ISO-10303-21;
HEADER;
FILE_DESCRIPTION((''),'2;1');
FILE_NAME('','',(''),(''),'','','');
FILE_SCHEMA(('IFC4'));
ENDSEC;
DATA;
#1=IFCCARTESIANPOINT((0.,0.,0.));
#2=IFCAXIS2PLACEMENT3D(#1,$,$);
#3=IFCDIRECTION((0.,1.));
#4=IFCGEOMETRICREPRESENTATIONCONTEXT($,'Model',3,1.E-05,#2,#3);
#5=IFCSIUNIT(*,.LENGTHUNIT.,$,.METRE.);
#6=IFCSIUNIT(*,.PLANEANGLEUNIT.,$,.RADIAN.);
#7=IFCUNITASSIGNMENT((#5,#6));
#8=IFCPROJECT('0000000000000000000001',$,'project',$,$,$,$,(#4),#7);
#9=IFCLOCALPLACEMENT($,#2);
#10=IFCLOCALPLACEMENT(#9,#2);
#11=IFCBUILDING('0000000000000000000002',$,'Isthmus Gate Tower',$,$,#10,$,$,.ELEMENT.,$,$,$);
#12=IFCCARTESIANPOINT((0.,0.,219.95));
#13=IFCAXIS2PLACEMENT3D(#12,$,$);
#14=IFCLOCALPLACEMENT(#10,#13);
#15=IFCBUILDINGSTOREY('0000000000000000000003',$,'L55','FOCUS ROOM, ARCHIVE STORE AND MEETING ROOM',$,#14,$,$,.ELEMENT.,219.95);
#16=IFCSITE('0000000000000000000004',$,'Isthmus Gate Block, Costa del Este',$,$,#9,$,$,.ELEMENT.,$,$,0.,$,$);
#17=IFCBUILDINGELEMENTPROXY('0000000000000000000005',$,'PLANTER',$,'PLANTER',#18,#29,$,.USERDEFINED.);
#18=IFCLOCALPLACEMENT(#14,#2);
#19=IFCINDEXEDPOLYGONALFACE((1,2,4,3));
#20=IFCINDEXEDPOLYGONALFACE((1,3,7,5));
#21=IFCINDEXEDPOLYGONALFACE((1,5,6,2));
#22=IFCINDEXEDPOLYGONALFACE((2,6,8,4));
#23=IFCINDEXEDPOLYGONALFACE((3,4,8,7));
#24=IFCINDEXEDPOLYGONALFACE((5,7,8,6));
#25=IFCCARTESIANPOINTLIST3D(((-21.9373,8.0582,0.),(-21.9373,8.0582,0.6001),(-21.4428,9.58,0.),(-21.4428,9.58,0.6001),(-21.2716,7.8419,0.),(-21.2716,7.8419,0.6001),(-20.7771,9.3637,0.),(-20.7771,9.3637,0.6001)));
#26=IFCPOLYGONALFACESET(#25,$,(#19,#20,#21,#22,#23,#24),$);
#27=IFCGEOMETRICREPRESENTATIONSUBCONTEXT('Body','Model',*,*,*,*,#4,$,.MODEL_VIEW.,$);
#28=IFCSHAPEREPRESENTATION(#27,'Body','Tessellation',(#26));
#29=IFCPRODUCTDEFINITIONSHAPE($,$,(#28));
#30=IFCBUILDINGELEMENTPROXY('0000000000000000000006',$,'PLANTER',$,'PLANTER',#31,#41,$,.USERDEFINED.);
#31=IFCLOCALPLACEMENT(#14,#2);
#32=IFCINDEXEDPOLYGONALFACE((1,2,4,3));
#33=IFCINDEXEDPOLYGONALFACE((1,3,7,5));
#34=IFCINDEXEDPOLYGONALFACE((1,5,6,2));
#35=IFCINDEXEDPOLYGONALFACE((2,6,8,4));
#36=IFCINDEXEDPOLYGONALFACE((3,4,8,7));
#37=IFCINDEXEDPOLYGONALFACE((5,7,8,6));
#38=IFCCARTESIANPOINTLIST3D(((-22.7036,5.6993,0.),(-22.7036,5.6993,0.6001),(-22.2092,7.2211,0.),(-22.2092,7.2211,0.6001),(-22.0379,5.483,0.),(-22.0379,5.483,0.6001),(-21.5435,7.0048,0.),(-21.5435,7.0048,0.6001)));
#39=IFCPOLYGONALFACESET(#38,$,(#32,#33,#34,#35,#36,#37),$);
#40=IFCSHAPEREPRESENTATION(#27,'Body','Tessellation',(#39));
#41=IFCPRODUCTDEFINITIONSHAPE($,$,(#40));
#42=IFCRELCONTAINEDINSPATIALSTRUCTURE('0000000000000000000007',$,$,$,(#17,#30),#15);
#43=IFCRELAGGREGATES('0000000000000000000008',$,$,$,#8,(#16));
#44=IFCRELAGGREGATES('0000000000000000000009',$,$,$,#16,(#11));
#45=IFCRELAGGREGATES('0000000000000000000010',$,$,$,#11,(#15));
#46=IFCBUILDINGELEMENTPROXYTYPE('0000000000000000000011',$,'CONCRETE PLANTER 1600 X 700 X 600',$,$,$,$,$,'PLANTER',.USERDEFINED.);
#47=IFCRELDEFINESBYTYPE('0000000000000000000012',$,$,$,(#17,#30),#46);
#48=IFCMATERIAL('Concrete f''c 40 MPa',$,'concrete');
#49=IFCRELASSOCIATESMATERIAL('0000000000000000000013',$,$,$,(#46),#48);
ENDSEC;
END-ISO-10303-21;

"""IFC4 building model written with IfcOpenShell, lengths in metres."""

from ifc_helpers import new_model, si_unit, direction, frame, origin, origin_2d, place, context, subcontext, project, spatial, rectangle, extrude, material, type_object, element, save


model = new_model("IFC4")

# Units and contexts
model_context = context("Model", 3, precision=1e-05, world=origin(), true_north=direction((0.0, 1.0)))
body_context = subcontext(model_context, "Body", "Model", "MODEL_VIEW")
ifc_project = project(units=[si_unit("LENGTHUNIT", "METRE"), si_unit("PLANEANGLEUNIT", "RADIAN")], contexts=[model_context])

# Site, building, storey
site_placement = place(None, origin())
site = spatial("IfcSite", under=ifc_project, at=site_placement, Name="Isthmus Gate Block, Costa del Este", CompositionType="ELEMENT", RefElevation=0.0)
building_placement = place(site_placement, origin())
building = spatial("IfcBuilding", under=site, at=building_placement, Name="Isthmus Gate Tower", CompositionType="ELEMENT")
storey_placement = place(building_placement, frame((0.0, 0.0, 219.95)))
storey = spatial("IfcBuildingStorey", under=building, at=storey_placement, Name="L55", Description="FOCUS ROOM, ARCHIVE STORE AND MEETING ROOM", CompositionType="ELEMENT", Elevation=219.95)

# Building element proxies
ifc_material_1 = material(Name="Concrete f'c 40 MPa", Category="concrete")
building_element_proxy_type = type_object("IfcBuildingElementProxyType", Name="CONCRETE PLANTER 1600 X 700 X 600", ElementType="PLANTER", PredefinedType="USERDEFINED", material=ifc_material_1)
for number, where, z_axis, x_axis, name in (
    (1, (-21.3572, 8.7109, 0.0), (0.0, 0.0, 1.0), (-0.309017, -0.951057, 0.0), "PLANTER"),
    (2, (-22.1235, 6.3521, 0.0), (0.0, 0.0, 1.0), (-0.309017, -0.951057, 0.0), "PLANTER"),
):
    element("IfcBuildingElementProxy", number, at=place(storey_placement, frame(where, z_axis=z_axis, x_axis=x_axis)), inside=storey, type_object=building_element_proxy_type, Name=name, ObjectType="PLANTER", PredefinedType="USERDEFINED", context=body_context, shape_type="SweptSolid", body=[
        extrude(rectangle(XDim=1.6001, YDim=0.7, at=origin_2d()), origin(), (0.0, 0.0, 1.0), 0.6001),
    ])

save(model, "model.ifc")
